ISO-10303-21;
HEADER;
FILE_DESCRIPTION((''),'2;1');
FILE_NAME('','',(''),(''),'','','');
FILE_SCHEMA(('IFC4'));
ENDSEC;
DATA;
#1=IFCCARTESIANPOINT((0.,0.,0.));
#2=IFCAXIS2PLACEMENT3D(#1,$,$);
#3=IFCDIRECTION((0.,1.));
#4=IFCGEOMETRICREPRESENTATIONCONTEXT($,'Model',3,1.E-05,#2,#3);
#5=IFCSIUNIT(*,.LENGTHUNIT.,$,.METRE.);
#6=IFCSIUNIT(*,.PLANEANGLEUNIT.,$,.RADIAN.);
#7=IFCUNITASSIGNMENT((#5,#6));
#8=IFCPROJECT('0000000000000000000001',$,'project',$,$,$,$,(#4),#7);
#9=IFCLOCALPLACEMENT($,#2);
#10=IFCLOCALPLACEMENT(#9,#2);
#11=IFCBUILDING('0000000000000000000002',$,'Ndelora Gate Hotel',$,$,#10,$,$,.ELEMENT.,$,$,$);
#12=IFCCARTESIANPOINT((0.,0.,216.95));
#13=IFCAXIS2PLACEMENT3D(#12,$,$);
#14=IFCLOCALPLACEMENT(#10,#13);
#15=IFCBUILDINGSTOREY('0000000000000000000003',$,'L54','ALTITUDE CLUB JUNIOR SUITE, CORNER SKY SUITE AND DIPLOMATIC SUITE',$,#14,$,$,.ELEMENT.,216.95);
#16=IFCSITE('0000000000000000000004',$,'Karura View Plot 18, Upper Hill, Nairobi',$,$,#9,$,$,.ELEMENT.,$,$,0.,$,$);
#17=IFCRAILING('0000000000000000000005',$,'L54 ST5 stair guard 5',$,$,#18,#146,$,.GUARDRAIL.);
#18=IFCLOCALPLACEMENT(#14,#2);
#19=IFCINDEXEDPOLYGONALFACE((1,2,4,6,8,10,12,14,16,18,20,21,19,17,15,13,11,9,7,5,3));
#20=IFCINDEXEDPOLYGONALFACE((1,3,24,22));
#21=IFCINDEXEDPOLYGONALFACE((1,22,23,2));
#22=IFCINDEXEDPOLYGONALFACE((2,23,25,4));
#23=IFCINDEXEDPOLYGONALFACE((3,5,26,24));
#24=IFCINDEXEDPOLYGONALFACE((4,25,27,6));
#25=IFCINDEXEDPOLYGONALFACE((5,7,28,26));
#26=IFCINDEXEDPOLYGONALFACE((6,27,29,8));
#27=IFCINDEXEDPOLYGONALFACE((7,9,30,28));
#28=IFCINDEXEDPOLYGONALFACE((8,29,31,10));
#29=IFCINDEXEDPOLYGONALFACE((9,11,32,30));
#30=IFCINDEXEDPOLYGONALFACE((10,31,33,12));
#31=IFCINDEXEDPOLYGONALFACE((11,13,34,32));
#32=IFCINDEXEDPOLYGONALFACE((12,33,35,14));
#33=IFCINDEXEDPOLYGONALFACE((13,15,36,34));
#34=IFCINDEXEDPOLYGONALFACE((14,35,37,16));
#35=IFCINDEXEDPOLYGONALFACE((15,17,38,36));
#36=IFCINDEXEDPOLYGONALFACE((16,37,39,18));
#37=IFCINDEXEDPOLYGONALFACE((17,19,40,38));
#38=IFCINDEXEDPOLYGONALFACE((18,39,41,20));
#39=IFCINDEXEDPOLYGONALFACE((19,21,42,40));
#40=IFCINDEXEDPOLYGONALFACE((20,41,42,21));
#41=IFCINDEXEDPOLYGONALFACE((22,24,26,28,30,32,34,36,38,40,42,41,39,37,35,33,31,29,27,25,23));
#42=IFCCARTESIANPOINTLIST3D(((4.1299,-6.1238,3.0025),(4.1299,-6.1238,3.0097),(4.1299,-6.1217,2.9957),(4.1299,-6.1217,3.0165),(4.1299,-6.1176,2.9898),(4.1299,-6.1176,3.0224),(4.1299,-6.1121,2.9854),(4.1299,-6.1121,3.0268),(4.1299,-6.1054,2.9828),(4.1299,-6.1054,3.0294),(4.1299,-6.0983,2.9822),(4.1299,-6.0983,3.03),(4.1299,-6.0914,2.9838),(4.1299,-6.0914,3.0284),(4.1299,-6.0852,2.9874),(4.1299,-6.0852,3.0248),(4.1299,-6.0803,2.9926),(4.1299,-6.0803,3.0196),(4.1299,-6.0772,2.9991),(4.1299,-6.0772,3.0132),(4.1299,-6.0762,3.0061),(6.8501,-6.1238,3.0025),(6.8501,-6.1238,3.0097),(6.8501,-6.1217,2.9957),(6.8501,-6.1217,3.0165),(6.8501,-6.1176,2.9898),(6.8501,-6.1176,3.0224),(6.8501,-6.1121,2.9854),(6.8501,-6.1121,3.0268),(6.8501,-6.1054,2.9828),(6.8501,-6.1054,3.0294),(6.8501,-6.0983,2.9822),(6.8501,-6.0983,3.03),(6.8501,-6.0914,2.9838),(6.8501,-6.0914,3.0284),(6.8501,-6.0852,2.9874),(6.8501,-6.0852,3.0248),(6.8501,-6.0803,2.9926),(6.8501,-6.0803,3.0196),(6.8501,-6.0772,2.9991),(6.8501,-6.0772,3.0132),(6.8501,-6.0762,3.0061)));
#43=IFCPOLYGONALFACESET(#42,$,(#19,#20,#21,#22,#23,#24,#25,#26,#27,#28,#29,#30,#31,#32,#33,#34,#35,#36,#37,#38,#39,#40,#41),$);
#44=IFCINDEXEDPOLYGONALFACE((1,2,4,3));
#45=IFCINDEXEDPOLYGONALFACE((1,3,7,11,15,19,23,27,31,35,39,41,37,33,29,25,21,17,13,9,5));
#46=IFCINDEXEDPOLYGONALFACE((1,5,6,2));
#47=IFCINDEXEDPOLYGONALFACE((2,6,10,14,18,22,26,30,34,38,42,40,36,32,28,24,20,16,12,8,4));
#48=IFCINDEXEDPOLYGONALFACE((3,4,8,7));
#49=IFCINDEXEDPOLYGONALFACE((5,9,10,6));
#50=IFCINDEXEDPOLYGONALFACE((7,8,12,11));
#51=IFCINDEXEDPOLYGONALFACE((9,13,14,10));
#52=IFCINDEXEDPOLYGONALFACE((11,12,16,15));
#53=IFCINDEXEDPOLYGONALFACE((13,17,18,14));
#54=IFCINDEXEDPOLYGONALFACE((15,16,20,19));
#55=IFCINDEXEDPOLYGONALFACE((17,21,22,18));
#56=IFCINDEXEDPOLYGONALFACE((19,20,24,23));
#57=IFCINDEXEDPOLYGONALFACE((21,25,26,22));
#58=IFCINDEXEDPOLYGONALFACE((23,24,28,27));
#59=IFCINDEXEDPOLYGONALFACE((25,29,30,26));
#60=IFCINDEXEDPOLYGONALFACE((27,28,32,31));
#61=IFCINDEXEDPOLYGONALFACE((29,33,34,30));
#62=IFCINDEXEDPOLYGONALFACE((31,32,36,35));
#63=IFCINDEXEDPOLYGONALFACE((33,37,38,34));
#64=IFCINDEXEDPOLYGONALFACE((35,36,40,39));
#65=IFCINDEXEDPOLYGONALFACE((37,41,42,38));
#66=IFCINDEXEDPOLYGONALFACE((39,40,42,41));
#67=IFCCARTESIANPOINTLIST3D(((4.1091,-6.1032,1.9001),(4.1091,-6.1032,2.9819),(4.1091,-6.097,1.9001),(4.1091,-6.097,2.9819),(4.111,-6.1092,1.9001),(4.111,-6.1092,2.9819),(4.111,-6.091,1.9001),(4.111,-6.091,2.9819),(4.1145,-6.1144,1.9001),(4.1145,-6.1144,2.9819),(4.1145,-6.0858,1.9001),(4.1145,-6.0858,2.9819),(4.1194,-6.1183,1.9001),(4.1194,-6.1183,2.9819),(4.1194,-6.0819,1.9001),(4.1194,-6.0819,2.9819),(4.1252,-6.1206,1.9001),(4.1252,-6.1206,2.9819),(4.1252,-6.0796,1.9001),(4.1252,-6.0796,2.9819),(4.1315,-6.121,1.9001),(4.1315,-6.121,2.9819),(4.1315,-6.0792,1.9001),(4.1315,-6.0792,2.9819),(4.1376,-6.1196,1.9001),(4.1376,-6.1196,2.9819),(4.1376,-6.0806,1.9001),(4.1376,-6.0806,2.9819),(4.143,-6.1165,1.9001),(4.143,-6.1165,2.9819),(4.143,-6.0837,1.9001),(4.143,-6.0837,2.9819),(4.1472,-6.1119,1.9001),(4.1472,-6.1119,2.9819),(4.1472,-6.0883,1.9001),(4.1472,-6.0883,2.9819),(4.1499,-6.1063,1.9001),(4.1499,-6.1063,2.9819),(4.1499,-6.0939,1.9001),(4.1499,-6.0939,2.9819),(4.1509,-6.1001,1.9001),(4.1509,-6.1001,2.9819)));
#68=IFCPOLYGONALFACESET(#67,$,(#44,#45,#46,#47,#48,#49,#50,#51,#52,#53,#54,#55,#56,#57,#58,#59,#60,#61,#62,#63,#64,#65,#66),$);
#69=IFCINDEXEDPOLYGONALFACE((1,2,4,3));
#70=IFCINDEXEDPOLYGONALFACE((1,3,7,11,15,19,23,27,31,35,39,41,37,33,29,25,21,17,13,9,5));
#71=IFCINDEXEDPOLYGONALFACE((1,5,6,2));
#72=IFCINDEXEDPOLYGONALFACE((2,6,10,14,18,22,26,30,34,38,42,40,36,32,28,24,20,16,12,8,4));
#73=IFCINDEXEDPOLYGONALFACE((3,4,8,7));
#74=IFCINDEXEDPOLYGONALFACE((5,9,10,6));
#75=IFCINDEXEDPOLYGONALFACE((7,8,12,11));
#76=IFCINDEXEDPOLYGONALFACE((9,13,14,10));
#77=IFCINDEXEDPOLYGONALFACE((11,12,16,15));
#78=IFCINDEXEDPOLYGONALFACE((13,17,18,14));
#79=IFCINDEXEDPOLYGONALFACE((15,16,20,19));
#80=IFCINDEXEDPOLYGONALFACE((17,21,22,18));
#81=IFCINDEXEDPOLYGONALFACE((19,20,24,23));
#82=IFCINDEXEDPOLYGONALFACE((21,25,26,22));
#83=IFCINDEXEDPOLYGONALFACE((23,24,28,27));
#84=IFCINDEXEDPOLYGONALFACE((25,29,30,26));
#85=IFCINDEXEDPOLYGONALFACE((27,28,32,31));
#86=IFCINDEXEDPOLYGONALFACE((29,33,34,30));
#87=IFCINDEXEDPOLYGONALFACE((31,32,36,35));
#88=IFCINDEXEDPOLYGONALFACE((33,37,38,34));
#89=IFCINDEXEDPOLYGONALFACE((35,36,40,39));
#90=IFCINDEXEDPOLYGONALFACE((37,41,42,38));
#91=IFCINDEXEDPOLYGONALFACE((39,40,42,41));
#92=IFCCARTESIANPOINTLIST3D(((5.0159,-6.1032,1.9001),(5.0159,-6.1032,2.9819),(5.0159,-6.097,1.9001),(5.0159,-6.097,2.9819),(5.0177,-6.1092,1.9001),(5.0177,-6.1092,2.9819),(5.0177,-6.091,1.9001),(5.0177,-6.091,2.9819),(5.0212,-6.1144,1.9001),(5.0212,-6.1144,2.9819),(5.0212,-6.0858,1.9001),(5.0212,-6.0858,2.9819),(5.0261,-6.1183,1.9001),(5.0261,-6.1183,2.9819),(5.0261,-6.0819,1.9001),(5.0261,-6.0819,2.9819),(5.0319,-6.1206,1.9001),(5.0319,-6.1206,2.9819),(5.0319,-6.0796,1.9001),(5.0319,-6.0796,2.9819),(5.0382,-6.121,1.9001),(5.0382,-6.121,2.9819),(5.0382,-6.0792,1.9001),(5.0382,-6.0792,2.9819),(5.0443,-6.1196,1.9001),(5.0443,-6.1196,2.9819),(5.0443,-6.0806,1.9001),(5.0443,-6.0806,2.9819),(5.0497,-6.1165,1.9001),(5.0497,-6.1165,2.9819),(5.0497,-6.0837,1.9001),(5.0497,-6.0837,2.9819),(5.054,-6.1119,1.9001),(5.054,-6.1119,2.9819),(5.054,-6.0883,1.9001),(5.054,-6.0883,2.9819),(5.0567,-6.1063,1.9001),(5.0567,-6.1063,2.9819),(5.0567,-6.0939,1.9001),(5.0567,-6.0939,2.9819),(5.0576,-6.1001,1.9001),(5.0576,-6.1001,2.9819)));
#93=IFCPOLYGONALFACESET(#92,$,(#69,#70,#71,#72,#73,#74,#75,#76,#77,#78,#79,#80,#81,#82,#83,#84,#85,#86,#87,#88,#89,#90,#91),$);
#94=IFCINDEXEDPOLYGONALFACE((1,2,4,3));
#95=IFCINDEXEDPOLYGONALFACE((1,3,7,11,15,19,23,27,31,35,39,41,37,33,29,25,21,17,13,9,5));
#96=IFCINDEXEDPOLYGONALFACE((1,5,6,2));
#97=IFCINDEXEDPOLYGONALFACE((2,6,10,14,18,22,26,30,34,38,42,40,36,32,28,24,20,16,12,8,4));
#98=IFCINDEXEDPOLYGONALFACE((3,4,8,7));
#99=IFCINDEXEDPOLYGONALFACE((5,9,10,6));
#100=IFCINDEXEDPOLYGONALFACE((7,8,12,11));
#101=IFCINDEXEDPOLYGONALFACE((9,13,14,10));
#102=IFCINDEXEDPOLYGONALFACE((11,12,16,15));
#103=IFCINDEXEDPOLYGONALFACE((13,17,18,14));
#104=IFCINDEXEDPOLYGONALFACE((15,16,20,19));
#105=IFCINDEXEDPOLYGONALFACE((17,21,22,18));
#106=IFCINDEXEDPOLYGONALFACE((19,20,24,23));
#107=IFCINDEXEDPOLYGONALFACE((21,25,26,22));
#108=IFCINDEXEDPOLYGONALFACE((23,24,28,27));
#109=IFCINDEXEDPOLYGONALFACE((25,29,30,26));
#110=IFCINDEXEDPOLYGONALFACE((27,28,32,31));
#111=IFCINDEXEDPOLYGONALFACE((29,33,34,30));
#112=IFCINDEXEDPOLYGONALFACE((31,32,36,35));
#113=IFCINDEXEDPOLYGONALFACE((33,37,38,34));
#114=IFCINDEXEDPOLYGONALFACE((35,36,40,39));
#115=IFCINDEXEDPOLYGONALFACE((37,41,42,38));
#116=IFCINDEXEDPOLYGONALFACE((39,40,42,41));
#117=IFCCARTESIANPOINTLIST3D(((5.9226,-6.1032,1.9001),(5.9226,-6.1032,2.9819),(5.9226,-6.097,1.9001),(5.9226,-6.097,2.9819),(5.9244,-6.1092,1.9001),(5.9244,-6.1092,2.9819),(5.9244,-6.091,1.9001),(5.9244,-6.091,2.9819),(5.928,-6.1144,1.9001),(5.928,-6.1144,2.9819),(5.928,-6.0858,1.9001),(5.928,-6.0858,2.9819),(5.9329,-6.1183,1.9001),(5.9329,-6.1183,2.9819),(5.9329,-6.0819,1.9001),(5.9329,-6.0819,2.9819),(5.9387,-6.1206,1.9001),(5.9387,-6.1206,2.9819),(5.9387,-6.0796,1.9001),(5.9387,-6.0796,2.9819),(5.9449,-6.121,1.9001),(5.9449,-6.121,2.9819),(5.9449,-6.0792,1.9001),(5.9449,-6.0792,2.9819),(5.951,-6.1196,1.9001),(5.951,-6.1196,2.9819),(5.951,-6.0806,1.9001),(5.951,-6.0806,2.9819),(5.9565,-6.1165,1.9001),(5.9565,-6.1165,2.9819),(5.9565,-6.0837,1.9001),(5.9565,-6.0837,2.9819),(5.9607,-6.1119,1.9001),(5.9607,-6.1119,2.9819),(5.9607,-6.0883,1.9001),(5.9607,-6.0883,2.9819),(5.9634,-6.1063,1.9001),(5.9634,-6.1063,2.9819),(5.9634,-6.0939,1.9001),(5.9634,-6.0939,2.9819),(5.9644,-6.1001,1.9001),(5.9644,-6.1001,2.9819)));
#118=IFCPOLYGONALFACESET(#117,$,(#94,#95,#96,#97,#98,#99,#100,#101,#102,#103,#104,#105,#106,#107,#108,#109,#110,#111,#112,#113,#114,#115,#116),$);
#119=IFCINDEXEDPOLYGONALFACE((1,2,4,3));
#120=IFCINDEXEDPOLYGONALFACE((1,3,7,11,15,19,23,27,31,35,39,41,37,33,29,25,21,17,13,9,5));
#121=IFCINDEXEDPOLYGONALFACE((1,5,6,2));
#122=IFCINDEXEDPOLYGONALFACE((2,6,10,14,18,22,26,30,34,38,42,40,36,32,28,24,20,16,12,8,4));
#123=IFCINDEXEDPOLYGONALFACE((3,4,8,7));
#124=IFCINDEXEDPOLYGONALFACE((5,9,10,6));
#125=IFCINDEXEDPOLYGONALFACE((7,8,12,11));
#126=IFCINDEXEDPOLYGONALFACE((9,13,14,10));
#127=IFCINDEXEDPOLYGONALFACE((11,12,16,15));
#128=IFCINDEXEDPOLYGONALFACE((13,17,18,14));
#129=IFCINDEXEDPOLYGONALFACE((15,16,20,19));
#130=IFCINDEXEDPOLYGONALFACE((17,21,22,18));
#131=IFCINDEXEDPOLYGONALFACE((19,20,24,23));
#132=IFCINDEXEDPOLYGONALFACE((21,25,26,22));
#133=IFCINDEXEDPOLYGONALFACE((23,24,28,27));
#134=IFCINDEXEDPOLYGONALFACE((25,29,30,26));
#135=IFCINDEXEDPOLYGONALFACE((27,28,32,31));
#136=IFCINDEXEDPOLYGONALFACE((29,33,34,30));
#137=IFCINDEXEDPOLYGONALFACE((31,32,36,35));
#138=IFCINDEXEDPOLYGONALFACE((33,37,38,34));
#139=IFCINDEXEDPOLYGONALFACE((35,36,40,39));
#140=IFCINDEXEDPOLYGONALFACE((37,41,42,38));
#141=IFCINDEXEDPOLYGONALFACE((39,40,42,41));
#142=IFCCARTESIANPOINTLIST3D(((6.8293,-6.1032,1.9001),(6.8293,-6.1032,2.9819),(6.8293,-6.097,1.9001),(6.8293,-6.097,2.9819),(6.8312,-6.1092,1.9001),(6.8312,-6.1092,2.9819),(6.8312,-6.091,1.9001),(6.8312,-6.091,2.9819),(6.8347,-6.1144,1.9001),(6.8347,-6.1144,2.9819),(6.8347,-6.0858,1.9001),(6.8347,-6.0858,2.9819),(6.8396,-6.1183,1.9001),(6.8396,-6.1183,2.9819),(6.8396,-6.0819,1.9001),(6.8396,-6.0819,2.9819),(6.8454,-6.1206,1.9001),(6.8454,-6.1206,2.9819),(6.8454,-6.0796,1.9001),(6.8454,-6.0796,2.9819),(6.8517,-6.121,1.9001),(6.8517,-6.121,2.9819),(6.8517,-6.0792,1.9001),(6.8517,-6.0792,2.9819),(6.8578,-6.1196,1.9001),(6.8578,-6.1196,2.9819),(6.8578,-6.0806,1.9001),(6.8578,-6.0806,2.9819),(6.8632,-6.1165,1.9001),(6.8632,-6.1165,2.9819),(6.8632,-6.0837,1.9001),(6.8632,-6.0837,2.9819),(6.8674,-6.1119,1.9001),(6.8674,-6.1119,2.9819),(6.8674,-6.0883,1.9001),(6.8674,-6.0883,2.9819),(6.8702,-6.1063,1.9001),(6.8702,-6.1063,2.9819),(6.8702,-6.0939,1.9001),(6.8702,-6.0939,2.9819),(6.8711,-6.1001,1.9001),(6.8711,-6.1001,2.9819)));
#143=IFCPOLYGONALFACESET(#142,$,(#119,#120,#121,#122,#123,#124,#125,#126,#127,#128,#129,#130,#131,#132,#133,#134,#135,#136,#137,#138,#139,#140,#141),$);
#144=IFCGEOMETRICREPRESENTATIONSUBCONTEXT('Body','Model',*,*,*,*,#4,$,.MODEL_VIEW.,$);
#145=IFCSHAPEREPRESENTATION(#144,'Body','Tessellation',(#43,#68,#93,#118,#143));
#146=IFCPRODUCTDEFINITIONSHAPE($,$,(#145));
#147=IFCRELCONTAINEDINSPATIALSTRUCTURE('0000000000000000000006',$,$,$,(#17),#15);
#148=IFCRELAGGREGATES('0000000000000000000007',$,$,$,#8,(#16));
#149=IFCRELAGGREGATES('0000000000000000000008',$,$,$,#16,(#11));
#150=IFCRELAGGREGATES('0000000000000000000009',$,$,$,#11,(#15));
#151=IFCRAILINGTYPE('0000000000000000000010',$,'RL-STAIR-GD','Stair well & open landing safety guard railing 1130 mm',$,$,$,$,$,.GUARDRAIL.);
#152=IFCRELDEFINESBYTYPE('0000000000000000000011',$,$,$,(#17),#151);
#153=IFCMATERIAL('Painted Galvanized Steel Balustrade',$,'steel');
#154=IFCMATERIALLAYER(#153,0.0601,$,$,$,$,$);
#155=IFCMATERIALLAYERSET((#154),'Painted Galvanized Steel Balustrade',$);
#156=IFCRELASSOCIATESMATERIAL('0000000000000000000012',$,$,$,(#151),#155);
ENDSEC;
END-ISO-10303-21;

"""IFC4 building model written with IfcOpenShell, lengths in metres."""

from ifc_helpers import new_model, si_unit, direction, frame, origin, origin_2d, place, context, subcontext, project, spatial, circle, extrude, material, layer, layer_set, type_object, element, save


model = new_model("IFC4")

# Units and contexts
model_context = context("Model", 3, precision=1e-05, world=origin(), true_north=direction((0.0, 1.0)))
body_context = subcontext(model_context, "Body", "Model", "MODEL_VIEW")
ifc_project = project(units=[si_unit("LENGTHUNIT", "METRE"), si_unit("PLANEANGLEUNIT", "RADIAN")], contexts=[model_context])

# Site, building, storey
site_placement = place(None, origin())
site = spatial("IfcSite", under=ifc_project, at=site_placement, Name="Karura View Plot 18, Upper Hill, Nairobi", CompositionType="ELEMENT", RefElevation=0.0)
building_placement = place(site_placement, origin())
building = spatial("IfcBuilding", under=site, at=building_placement, Name="Ndelora Gate Hotel", CompositionType="ELEMENT")
storey_placement = place(building_placement, frame((0.0, 0.0, 216.95)))
storey = spatial("IfcBuildingStorey", under=building, at=storey_placement, Name="L54", Description="ALTITUDE CLUB JUNIOR SUITE, CORNER SKY SUITE AND DIPLOMATIC SUITE", CompositionType="ELEMENT", Elevation=216.95)

# Railing
ifc_material_1 = material(Name="Painted Galvanized Steel Balustrade", Category="steel")
ifc_layer_1 = layer(ifc_material_1, 0.0601)
ifc_layer_set_1 = layer_set([ifc_layer_1], Name="Painted Galvanized Steel Balustrade")
railing_type_1 = type_object("IfcRailingType", Name="RL-STAIR-GD", Description="Stair well & open landing safety guard railing 1130 mm", PredefinedType="GUARDRAIL", material=ifc_layer_set_1)
railing_1_placement = place(storey_placement, frame((4.1299, -6.1001, 1.9001)))
element("IfcRailing", 1, at=railing_1_placement, inside=storey, type_object=railing_type_1, Name="L54 ST5 stair guard 5", PredefinedType="GUARDRAIL", context=body_context, shape_type="SweptSolid", body=[
    extrude(circle(Radius=0.0239, at=origin_2d()), frame((0.0, 0.0, 1.106), z_axis=(1.0, 0.0, 0.0), x_axis=(0.0, 1.0, 0.0)), (0.0, 0.0, 1.0), 2.7202),
    extrude(circle(Radius=0.021, at=origin_2d()), origin(), (0.0, 0.0, 1.0), 1.0818),
    extrude(circle(Radius=0.021, at=origin_2d()), frame((0.9067, 0.0, 0.0)), (0.0, 0.0, 1.0), 1.0818),
    extrude(circle(Radius=0.021, at=origin_2d()), frame((1.8135, 0.0, 0.0)), (0.0, 0.0, 1.0), 1.0818),
    extrude(circle(Radius=0.021, at=origin_2d()), frame((2.7202, 0.0, 0.0)), (0.0, 0.0, 1.0), 1.0818),
])

save(model, "model.ifc")
